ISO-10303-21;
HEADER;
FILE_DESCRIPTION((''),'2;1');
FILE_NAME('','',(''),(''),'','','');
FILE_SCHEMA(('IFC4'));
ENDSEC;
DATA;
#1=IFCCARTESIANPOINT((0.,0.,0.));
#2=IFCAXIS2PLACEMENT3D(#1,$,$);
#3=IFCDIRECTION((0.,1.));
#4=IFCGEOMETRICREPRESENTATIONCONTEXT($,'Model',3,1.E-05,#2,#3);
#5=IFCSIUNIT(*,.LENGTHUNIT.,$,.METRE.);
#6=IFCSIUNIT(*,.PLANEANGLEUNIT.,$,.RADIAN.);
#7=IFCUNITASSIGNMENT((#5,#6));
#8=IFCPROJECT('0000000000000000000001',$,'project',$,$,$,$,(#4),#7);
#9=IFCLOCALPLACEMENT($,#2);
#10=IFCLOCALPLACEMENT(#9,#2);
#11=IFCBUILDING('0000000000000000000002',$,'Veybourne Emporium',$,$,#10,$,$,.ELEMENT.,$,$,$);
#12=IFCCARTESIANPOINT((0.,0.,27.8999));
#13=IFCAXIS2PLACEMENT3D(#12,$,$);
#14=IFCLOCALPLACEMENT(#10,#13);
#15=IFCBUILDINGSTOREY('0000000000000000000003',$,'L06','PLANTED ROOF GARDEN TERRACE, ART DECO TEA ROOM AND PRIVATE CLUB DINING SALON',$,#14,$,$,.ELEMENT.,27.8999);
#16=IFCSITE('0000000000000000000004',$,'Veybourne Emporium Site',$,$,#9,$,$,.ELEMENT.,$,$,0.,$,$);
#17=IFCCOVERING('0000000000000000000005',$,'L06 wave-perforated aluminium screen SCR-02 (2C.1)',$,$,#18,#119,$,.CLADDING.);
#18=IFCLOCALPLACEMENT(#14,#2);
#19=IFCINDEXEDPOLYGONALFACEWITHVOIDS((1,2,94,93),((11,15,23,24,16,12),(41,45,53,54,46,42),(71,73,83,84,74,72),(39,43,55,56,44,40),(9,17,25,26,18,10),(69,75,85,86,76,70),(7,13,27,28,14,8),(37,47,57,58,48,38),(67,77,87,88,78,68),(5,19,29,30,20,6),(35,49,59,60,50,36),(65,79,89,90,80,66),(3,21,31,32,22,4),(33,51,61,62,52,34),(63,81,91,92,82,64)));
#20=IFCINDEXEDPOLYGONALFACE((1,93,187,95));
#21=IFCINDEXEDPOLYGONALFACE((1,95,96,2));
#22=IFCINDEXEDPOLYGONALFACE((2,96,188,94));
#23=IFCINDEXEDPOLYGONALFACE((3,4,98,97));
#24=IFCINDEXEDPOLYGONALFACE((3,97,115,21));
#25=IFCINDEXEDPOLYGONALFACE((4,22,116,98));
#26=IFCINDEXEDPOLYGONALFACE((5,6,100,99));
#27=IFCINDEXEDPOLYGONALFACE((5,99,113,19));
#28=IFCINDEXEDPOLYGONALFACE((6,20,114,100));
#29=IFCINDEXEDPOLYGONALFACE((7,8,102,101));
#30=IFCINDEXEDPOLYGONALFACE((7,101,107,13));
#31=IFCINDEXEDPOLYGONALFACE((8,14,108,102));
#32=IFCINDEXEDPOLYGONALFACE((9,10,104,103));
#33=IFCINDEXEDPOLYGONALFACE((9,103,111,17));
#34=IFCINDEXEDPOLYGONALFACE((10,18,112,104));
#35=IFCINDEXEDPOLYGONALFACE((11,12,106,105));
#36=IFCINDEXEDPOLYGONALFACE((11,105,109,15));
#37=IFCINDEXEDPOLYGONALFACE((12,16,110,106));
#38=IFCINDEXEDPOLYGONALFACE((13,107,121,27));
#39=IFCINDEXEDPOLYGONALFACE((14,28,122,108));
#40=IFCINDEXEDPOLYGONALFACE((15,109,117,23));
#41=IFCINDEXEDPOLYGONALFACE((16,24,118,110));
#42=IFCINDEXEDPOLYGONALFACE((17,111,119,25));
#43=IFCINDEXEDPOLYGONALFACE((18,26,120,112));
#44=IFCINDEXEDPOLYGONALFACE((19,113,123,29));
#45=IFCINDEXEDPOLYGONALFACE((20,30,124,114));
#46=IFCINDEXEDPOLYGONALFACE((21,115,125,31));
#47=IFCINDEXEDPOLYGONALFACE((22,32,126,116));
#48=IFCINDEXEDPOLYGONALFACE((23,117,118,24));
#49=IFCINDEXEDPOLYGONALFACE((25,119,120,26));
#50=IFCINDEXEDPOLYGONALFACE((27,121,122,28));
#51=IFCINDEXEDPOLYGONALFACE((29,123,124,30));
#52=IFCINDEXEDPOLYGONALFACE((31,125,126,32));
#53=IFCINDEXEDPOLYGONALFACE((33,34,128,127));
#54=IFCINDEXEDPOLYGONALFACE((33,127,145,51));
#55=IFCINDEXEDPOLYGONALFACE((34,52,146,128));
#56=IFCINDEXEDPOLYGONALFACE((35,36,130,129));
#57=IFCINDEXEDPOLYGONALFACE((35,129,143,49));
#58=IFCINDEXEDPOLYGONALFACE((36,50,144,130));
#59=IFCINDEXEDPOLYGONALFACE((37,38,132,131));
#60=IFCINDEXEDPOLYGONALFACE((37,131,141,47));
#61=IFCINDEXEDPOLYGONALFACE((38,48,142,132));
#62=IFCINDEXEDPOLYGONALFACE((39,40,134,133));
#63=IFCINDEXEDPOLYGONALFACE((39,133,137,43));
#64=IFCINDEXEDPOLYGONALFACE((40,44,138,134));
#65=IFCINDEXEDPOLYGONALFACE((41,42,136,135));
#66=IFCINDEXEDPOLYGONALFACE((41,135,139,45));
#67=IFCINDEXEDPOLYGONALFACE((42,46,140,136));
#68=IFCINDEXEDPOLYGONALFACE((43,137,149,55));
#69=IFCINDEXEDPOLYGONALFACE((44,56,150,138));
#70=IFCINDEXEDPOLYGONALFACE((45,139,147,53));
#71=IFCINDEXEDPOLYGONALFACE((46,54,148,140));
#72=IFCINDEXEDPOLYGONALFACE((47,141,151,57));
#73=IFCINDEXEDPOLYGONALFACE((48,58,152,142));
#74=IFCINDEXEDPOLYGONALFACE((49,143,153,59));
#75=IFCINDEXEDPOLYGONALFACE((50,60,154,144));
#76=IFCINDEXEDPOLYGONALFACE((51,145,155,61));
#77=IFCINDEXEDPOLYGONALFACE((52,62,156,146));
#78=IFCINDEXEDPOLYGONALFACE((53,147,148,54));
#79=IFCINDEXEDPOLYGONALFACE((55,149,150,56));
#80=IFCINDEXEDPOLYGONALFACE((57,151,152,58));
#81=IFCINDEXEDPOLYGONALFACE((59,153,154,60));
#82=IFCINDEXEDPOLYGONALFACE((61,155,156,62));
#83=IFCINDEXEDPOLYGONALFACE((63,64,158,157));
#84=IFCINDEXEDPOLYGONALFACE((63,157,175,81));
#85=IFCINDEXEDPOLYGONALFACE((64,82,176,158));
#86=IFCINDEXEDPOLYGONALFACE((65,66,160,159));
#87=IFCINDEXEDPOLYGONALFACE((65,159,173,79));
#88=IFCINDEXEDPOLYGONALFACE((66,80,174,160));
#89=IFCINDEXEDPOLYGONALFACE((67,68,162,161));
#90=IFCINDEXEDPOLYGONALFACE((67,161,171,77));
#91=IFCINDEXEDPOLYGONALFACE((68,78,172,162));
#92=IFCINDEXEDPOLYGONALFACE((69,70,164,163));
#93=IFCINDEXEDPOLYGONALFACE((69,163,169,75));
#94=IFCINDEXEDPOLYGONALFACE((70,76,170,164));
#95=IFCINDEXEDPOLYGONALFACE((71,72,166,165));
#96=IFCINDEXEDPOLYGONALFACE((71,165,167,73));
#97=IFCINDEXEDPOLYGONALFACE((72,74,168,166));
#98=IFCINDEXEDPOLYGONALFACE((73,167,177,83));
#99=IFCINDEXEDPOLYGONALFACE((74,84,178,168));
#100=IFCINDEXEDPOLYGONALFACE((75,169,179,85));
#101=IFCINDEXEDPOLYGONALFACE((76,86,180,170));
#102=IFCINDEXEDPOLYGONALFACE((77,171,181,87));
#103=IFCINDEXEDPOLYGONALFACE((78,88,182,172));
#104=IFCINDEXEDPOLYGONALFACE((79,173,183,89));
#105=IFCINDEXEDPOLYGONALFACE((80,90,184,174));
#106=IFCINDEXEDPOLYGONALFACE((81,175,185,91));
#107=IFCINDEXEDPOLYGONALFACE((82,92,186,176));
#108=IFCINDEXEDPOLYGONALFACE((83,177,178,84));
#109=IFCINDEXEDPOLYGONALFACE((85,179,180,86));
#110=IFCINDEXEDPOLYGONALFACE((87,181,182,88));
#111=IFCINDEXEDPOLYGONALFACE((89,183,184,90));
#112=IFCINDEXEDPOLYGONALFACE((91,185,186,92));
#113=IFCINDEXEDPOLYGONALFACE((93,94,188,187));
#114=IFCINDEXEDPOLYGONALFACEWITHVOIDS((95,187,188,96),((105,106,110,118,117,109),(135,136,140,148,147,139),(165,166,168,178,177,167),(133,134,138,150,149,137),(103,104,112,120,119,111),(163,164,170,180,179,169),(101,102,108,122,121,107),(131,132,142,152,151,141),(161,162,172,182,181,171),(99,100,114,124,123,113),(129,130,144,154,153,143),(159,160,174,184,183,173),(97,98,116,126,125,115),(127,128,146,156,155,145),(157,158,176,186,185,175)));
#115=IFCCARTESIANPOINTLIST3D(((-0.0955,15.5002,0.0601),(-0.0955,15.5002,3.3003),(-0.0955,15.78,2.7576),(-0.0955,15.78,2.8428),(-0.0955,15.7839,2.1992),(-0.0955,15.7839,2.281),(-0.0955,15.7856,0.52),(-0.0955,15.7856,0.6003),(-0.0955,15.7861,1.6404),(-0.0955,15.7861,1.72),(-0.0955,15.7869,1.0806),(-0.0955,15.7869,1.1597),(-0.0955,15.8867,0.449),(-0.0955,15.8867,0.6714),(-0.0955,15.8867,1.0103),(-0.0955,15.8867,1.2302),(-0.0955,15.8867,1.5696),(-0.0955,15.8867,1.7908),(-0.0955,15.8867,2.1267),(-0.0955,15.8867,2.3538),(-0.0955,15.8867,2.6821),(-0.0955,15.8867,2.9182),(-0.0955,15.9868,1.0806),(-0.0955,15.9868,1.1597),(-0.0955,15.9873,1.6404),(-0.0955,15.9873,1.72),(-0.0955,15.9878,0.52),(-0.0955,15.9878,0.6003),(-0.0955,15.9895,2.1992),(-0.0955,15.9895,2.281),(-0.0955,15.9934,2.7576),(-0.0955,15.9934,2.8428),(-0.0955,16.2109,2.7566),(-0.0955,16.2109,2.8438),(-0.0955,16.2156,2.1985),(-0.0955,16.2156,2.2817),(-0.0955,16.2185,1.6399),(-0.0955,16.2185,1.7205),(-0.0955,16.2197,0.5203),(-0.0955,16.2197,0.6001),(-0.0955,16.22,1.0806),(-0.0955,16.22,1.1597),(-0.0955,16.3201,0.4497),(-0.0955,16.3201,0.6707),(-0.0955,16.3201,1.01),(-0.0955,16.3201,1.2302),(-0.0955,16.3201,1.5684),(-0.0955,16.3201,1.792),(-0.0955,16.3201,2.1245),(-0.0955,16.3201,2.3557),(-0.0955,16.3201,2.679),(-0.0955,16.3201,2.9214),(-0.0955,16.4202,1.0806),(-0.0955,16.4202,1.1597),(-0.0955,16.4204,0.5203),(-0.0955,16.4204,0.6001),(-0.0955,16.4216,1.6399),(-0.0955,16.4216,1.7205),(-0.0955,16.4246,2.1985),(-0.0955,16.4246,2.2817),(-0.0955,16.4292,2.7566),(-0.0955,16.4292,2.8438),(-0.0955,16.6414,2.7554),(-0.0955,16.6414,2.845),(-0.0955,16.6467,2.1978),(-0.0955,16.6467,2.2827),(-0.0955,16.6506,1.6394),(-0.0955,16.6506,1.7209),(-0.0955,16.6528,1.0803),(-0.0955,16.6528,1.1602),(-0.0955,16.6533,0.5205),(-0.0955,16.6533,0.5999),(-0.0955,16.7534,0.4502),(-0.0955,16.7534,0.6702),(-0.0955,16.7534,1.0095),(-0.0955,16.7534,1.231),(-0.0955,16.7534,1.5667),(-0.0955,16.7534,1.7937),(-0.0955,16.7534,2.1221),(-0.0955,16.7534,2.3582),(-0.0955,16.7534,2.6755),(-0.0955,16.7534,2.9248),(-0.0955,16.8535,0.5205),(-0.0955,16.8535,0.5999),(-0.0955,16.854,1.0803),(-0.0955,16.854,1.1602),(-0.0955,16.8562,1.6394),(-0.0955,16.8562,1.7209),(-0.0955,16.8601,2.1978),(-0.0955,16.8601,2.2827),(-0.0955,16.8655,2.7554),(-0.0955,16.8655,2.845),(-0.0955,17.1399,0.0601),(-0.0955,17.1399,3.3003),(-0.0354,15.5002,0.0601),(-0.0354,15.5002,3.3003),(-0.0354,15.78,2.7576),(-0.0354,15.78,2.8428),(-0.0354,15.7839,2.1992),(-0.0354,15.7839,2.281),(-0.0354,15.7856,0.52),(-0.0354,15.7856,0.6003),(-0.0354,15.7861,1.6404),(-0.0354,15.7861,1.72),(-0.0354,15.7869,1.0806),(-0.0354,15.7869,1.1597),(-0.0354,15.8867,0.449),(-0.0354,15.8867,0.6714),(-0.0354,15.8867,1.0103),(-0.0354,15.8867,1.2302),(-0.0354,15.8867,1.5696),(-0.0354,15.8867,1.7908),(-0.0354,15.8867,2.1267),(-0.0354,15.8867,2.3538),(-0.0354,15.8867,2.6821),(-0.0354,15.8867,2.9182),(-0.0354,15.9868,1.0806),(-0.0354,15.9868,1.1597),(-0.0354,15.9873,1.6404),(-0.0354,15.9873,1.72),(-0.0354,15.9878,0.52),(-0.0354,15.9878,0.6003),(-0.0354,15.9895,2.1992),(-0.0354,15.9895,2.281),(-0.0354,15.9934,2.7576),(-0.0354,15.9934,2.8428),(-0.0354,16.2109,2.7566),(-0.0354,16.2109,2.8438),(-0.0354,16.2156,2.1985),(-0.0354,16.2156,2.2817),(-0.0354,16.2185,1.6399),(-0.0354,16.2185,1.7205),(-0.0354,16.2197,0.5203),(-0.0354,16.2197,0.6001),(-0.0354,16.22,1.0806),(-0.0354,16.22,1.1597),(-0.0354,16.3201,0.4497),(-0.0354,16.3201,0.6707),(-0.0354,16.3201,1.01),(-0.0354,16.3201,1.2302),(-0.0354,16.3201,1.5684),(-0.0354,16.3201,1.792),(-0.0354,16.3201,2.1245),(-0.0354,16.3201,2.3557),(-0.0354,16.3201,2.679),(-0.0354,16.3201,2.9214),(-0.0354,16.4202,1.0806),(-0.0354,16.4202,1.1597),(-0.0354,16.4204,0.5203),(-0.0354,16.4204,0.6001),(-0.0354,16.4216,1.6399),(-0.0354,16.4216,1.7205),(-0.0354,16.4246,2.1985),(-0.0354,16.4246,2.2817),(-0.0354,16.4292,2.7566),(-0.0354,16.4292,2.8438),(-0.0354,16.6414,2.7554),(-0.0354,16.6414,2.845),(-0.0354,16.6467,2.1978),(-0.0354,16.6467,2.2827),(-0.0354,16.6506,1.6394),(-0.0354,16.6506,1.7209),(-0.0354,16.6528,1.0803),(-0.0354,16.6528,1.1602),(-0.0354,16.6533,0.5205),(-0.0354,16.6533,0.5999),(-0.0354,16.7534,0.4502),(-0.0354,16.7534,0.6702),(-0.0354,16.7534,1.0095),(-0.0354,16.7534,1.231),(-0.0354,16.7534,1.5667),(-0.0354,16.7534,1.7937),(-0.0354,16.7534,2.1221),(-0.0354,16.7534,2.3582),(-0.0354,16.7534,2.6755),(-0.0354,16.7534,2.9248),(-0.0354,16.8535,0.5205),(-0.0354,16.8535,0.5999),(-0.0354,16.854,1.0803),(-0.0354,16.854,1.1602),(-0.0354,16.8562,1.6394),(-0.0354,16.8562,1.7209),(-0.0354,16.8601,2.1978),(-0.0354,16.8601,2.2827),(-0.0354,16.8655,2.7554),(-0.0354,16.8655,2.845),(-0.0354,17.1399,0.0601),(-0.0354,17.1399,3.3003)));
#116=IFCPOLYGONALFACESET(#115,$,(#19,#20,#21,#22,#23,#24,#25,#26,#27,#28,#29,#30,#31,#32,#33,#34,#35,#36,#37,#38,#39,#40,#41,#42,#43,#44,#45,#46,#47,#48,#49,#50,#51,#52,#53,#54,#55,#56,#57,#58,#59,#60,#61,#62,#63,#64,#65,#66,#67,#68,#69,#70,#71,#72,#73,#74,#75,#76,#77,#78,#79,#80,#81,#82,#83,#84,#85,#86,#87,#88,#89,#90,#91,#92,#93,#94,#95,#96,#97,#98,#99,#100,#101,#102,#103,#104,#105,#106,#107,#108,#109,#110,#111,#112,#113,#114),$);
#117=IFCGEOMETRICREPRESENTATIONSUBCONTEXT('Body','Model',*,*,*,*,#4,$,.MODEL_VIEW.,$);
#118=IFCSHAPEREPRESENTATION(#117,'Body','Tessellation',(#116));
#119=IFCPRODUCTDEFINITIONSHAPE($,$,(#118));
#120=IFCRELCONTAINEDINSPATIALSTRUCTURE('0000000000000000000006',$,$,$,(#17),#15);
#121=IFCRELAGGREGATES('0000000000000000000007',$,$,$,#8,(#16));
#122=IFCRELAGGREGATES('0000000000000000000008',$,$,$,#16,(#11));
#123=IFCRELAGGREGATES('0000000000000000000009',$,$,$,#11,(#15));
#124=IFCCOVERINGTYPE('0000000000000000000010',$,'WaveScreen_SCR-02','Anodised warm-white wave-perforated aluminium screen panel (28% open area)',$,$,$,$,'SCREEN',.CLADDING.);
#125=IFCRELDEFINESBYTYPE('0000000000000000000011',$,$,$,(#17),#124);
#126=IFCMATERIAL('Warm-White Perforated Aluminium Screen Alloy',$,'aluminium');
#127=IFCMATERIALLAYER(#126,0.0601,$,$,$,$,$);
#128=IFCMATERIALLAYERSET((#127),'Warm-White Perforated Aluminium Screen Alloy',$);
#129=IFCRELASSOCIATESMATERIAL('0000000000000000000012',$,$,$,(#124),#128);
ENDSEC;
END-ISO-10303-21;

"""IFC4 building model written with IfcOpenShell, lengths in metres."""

from ifc_helpers import new_model, si_unit, direction, frame, origin, place, context, subcontext, project, spatial, polyline, outline, extrude, material, layer, layer_set, type_object, element, save


model = new_model("IFC4")

# Units and contexts
model_context = context("Model", 3, precision=1e-05, world=origin(), true_north=direction((0.0, 1.0)))
body_context = subcontext(model_context, "Body", "Model", "MODEL_VIEW")
ifc_project = project(units=[si_unit("LENGTHUNIT", "METRE"), si_unit("PLANEANGLEUNIT", "RADIAN")], contexts=[model_context])

# Site, building, storey
site_placement = place(None, origin())
site = spatial("IfcSite", under=ifc_project, at=site_placement, Name="Veybourne Emporium Site", CompositionType="ELEMENT", RefElevation=0.0)
building_placement = place(site_placement, origin())
building = spatial("IfcBuilding", under=site, at=building_placement, Name="Veybourne Emporium", CompositionType="ELEMENT")
storey_placement = place(building_placement, frame((0.0, 0.0, 27.8999)))
storey = spatial("IfcBuildingStorey", under=building, at=storey_placement, Name="L06", Description="PLANTED ROOF GARDEN TERRACE, ART DECO TEA ROOM AND PRIVATE CLUB DINING SALON", CompositionType="ELEMENT", Elevation=27.8999)

# Covering
ifc_material_1 = material(Name="Warm-White Perforated Aluminium Screen Alloy", Category="aluminium")
ifc_layer_1 = layer(ifc_material_1, 0.0601)
ifc_layer_set_1 = layer_set([ifc_layer_1], Name="Warm-White Perforated Aluminium Screen Alloy")
covering_type_1 = type_object("IfcCoveringType", Name="WaveScreen_SCR-02", Description="Anodised warm-white wave-perforated aluminium screen panel (28% open area)", ElementType="SCREEN", PredefinedType="CLADDING", material=ifc_layer_set_1)
covering_1_placement = place(storey_placement, frame((-0.0955, 16.3201, 1.6802), z_axis=(1.0, 0.0, 0.0), x_axis=(0.0, 1.0, 0.0)))
element("IfcCovering", 1, at=covering_1_placement, inside=storey, type_object=covering_type_1, Name="L06 wave-perforated aluminium screen SCR-02 (2C.1)", PredefinedType="CLADDING", context=body_context, shape_type="SweptSolid", body=[
    extrude(outline(polyline([(-0.8198, -1.6201), (0.8198, -1.6201), (0.8198, 1.6201), (-0.8198, 1.6201), (-0.8198, -1.6201)]), holes=[polyline([(-0.4333, -1.0088), (-0.3323, -1.0798), (-0.3323, -1.1602), (-0.4333, -1.2312), (-0.5344, -1.1602), (-0.5344, -1.0798), (-0.4333, -1.0088)]), polyline([(-0.4333, -0.45), (-0.3333, -0.5205), (-0.3333, -0.5996), (-0.4333, -0.6699), (-0.5332, -0.5996), (-0.5332, -0.5205), (-0.4333, -0.45)]), polyline([(-0.4333, 0.1106), (-0.3328, 0.0398), (-0.3328, -0.0398), (-0.4333, -0.1106), (-0.5339, -0.0398), (-0.5339, 0.0398), (-0.4333, 0.1106)]), polyline([(-0.4333, 0.6736), (-0.3306, 0.6008), (-0.3306, 0.519), (-0.4333, 0.4465), (-0.5361, 0.519), (-0.5361, 0.6008), (-0.4333, 0.6736)]), polyline([(-0.4333, 1.238), (-0.3267, 1.1626), (-0.3267, 1.0774), (-0.4333, 1.002), (-0.54, 1.0774), (-0.54, 1.1626), (-0.4333, 1.238)]), polyline([(0.0, -1.0095), (0.1003, -1.0801), (0.1003, -1.1599), (0.0, -1.2305), (-0.1003, -1.1599), (-0.1003, -1.0801), (0.0, -1.0095)]), polyline([(0.0, -0.45), (0.1001, -0.5205), (0.1001, -0.5996), (0.0, -0.6702), (-0.1001, -0.5996), (-0.1001, -0.5205), (0.0, -0.45)]), polyline([(0.0, 0.1118), (0.1016, 0.0403), (0.1016, -0.0403), (0.0, -0.1118), (-0.1016, -0.0403), (-0.1016, 0.0403), (0.0, 0.1118)]), polyline([(0.0, 0.6755), (0.1045, 0.6016), (0.1045, 0.5183), (0.0, 0.4443), (-0.1045, 0.5183), (-0.1045, 0.6016), (0.0, 0.6755)]), polyline([(0.0, 1.2412), (0.1091, 1.1636), (0.1091, 1.0764), (0.0, 0.9988), (-0.1091, 1.0764), (-0.1091, 1.1636), (0.0, 1.2412)]), polyline([(0.4333, -1.01), (0.5334, -1.0803), (0.5334, -1.1597), (0.4333, -1.23), (0.3333, -1.1597), (0.3333, -1.0803), (0.4333, -1.01)]), polyline([(0.4333, -0.4492), (0.5339, -0.52), (0.5339, -0.5999), (0.4333, -0.6707), (0.3328, -0.5999), (0.3328, -0.52), (0.4333, -0.4492)]), polyline([(0.4333, 0.1135), (0.5361, 0.0408), (0.5361, -0.0408), (0.4333, -0.1135), (0.3306, -0.0408), (0.3306, 0.0408), (0.4333, 0.1135)]), polyline([(0.4333, 0.678), (0.54, 0.6025), (0.54, 0.5176), (0.4333, 0.4419), (0.3267, 0.5176), (0.3267, 0.6025), (0.4333, 0.678)]), polyline([(0.4333, 1.2446), (0.5454, 1.1648), (0.5454, 1.0752), (0.4333, 0.9954), (0.3213, 1.0752), (0.3213, 1.1648), (0.4333, 1.2446)])]), origin(), (0.0, 0.0, 1.0), 0.0601),
])

save(model, "model.ifc")
